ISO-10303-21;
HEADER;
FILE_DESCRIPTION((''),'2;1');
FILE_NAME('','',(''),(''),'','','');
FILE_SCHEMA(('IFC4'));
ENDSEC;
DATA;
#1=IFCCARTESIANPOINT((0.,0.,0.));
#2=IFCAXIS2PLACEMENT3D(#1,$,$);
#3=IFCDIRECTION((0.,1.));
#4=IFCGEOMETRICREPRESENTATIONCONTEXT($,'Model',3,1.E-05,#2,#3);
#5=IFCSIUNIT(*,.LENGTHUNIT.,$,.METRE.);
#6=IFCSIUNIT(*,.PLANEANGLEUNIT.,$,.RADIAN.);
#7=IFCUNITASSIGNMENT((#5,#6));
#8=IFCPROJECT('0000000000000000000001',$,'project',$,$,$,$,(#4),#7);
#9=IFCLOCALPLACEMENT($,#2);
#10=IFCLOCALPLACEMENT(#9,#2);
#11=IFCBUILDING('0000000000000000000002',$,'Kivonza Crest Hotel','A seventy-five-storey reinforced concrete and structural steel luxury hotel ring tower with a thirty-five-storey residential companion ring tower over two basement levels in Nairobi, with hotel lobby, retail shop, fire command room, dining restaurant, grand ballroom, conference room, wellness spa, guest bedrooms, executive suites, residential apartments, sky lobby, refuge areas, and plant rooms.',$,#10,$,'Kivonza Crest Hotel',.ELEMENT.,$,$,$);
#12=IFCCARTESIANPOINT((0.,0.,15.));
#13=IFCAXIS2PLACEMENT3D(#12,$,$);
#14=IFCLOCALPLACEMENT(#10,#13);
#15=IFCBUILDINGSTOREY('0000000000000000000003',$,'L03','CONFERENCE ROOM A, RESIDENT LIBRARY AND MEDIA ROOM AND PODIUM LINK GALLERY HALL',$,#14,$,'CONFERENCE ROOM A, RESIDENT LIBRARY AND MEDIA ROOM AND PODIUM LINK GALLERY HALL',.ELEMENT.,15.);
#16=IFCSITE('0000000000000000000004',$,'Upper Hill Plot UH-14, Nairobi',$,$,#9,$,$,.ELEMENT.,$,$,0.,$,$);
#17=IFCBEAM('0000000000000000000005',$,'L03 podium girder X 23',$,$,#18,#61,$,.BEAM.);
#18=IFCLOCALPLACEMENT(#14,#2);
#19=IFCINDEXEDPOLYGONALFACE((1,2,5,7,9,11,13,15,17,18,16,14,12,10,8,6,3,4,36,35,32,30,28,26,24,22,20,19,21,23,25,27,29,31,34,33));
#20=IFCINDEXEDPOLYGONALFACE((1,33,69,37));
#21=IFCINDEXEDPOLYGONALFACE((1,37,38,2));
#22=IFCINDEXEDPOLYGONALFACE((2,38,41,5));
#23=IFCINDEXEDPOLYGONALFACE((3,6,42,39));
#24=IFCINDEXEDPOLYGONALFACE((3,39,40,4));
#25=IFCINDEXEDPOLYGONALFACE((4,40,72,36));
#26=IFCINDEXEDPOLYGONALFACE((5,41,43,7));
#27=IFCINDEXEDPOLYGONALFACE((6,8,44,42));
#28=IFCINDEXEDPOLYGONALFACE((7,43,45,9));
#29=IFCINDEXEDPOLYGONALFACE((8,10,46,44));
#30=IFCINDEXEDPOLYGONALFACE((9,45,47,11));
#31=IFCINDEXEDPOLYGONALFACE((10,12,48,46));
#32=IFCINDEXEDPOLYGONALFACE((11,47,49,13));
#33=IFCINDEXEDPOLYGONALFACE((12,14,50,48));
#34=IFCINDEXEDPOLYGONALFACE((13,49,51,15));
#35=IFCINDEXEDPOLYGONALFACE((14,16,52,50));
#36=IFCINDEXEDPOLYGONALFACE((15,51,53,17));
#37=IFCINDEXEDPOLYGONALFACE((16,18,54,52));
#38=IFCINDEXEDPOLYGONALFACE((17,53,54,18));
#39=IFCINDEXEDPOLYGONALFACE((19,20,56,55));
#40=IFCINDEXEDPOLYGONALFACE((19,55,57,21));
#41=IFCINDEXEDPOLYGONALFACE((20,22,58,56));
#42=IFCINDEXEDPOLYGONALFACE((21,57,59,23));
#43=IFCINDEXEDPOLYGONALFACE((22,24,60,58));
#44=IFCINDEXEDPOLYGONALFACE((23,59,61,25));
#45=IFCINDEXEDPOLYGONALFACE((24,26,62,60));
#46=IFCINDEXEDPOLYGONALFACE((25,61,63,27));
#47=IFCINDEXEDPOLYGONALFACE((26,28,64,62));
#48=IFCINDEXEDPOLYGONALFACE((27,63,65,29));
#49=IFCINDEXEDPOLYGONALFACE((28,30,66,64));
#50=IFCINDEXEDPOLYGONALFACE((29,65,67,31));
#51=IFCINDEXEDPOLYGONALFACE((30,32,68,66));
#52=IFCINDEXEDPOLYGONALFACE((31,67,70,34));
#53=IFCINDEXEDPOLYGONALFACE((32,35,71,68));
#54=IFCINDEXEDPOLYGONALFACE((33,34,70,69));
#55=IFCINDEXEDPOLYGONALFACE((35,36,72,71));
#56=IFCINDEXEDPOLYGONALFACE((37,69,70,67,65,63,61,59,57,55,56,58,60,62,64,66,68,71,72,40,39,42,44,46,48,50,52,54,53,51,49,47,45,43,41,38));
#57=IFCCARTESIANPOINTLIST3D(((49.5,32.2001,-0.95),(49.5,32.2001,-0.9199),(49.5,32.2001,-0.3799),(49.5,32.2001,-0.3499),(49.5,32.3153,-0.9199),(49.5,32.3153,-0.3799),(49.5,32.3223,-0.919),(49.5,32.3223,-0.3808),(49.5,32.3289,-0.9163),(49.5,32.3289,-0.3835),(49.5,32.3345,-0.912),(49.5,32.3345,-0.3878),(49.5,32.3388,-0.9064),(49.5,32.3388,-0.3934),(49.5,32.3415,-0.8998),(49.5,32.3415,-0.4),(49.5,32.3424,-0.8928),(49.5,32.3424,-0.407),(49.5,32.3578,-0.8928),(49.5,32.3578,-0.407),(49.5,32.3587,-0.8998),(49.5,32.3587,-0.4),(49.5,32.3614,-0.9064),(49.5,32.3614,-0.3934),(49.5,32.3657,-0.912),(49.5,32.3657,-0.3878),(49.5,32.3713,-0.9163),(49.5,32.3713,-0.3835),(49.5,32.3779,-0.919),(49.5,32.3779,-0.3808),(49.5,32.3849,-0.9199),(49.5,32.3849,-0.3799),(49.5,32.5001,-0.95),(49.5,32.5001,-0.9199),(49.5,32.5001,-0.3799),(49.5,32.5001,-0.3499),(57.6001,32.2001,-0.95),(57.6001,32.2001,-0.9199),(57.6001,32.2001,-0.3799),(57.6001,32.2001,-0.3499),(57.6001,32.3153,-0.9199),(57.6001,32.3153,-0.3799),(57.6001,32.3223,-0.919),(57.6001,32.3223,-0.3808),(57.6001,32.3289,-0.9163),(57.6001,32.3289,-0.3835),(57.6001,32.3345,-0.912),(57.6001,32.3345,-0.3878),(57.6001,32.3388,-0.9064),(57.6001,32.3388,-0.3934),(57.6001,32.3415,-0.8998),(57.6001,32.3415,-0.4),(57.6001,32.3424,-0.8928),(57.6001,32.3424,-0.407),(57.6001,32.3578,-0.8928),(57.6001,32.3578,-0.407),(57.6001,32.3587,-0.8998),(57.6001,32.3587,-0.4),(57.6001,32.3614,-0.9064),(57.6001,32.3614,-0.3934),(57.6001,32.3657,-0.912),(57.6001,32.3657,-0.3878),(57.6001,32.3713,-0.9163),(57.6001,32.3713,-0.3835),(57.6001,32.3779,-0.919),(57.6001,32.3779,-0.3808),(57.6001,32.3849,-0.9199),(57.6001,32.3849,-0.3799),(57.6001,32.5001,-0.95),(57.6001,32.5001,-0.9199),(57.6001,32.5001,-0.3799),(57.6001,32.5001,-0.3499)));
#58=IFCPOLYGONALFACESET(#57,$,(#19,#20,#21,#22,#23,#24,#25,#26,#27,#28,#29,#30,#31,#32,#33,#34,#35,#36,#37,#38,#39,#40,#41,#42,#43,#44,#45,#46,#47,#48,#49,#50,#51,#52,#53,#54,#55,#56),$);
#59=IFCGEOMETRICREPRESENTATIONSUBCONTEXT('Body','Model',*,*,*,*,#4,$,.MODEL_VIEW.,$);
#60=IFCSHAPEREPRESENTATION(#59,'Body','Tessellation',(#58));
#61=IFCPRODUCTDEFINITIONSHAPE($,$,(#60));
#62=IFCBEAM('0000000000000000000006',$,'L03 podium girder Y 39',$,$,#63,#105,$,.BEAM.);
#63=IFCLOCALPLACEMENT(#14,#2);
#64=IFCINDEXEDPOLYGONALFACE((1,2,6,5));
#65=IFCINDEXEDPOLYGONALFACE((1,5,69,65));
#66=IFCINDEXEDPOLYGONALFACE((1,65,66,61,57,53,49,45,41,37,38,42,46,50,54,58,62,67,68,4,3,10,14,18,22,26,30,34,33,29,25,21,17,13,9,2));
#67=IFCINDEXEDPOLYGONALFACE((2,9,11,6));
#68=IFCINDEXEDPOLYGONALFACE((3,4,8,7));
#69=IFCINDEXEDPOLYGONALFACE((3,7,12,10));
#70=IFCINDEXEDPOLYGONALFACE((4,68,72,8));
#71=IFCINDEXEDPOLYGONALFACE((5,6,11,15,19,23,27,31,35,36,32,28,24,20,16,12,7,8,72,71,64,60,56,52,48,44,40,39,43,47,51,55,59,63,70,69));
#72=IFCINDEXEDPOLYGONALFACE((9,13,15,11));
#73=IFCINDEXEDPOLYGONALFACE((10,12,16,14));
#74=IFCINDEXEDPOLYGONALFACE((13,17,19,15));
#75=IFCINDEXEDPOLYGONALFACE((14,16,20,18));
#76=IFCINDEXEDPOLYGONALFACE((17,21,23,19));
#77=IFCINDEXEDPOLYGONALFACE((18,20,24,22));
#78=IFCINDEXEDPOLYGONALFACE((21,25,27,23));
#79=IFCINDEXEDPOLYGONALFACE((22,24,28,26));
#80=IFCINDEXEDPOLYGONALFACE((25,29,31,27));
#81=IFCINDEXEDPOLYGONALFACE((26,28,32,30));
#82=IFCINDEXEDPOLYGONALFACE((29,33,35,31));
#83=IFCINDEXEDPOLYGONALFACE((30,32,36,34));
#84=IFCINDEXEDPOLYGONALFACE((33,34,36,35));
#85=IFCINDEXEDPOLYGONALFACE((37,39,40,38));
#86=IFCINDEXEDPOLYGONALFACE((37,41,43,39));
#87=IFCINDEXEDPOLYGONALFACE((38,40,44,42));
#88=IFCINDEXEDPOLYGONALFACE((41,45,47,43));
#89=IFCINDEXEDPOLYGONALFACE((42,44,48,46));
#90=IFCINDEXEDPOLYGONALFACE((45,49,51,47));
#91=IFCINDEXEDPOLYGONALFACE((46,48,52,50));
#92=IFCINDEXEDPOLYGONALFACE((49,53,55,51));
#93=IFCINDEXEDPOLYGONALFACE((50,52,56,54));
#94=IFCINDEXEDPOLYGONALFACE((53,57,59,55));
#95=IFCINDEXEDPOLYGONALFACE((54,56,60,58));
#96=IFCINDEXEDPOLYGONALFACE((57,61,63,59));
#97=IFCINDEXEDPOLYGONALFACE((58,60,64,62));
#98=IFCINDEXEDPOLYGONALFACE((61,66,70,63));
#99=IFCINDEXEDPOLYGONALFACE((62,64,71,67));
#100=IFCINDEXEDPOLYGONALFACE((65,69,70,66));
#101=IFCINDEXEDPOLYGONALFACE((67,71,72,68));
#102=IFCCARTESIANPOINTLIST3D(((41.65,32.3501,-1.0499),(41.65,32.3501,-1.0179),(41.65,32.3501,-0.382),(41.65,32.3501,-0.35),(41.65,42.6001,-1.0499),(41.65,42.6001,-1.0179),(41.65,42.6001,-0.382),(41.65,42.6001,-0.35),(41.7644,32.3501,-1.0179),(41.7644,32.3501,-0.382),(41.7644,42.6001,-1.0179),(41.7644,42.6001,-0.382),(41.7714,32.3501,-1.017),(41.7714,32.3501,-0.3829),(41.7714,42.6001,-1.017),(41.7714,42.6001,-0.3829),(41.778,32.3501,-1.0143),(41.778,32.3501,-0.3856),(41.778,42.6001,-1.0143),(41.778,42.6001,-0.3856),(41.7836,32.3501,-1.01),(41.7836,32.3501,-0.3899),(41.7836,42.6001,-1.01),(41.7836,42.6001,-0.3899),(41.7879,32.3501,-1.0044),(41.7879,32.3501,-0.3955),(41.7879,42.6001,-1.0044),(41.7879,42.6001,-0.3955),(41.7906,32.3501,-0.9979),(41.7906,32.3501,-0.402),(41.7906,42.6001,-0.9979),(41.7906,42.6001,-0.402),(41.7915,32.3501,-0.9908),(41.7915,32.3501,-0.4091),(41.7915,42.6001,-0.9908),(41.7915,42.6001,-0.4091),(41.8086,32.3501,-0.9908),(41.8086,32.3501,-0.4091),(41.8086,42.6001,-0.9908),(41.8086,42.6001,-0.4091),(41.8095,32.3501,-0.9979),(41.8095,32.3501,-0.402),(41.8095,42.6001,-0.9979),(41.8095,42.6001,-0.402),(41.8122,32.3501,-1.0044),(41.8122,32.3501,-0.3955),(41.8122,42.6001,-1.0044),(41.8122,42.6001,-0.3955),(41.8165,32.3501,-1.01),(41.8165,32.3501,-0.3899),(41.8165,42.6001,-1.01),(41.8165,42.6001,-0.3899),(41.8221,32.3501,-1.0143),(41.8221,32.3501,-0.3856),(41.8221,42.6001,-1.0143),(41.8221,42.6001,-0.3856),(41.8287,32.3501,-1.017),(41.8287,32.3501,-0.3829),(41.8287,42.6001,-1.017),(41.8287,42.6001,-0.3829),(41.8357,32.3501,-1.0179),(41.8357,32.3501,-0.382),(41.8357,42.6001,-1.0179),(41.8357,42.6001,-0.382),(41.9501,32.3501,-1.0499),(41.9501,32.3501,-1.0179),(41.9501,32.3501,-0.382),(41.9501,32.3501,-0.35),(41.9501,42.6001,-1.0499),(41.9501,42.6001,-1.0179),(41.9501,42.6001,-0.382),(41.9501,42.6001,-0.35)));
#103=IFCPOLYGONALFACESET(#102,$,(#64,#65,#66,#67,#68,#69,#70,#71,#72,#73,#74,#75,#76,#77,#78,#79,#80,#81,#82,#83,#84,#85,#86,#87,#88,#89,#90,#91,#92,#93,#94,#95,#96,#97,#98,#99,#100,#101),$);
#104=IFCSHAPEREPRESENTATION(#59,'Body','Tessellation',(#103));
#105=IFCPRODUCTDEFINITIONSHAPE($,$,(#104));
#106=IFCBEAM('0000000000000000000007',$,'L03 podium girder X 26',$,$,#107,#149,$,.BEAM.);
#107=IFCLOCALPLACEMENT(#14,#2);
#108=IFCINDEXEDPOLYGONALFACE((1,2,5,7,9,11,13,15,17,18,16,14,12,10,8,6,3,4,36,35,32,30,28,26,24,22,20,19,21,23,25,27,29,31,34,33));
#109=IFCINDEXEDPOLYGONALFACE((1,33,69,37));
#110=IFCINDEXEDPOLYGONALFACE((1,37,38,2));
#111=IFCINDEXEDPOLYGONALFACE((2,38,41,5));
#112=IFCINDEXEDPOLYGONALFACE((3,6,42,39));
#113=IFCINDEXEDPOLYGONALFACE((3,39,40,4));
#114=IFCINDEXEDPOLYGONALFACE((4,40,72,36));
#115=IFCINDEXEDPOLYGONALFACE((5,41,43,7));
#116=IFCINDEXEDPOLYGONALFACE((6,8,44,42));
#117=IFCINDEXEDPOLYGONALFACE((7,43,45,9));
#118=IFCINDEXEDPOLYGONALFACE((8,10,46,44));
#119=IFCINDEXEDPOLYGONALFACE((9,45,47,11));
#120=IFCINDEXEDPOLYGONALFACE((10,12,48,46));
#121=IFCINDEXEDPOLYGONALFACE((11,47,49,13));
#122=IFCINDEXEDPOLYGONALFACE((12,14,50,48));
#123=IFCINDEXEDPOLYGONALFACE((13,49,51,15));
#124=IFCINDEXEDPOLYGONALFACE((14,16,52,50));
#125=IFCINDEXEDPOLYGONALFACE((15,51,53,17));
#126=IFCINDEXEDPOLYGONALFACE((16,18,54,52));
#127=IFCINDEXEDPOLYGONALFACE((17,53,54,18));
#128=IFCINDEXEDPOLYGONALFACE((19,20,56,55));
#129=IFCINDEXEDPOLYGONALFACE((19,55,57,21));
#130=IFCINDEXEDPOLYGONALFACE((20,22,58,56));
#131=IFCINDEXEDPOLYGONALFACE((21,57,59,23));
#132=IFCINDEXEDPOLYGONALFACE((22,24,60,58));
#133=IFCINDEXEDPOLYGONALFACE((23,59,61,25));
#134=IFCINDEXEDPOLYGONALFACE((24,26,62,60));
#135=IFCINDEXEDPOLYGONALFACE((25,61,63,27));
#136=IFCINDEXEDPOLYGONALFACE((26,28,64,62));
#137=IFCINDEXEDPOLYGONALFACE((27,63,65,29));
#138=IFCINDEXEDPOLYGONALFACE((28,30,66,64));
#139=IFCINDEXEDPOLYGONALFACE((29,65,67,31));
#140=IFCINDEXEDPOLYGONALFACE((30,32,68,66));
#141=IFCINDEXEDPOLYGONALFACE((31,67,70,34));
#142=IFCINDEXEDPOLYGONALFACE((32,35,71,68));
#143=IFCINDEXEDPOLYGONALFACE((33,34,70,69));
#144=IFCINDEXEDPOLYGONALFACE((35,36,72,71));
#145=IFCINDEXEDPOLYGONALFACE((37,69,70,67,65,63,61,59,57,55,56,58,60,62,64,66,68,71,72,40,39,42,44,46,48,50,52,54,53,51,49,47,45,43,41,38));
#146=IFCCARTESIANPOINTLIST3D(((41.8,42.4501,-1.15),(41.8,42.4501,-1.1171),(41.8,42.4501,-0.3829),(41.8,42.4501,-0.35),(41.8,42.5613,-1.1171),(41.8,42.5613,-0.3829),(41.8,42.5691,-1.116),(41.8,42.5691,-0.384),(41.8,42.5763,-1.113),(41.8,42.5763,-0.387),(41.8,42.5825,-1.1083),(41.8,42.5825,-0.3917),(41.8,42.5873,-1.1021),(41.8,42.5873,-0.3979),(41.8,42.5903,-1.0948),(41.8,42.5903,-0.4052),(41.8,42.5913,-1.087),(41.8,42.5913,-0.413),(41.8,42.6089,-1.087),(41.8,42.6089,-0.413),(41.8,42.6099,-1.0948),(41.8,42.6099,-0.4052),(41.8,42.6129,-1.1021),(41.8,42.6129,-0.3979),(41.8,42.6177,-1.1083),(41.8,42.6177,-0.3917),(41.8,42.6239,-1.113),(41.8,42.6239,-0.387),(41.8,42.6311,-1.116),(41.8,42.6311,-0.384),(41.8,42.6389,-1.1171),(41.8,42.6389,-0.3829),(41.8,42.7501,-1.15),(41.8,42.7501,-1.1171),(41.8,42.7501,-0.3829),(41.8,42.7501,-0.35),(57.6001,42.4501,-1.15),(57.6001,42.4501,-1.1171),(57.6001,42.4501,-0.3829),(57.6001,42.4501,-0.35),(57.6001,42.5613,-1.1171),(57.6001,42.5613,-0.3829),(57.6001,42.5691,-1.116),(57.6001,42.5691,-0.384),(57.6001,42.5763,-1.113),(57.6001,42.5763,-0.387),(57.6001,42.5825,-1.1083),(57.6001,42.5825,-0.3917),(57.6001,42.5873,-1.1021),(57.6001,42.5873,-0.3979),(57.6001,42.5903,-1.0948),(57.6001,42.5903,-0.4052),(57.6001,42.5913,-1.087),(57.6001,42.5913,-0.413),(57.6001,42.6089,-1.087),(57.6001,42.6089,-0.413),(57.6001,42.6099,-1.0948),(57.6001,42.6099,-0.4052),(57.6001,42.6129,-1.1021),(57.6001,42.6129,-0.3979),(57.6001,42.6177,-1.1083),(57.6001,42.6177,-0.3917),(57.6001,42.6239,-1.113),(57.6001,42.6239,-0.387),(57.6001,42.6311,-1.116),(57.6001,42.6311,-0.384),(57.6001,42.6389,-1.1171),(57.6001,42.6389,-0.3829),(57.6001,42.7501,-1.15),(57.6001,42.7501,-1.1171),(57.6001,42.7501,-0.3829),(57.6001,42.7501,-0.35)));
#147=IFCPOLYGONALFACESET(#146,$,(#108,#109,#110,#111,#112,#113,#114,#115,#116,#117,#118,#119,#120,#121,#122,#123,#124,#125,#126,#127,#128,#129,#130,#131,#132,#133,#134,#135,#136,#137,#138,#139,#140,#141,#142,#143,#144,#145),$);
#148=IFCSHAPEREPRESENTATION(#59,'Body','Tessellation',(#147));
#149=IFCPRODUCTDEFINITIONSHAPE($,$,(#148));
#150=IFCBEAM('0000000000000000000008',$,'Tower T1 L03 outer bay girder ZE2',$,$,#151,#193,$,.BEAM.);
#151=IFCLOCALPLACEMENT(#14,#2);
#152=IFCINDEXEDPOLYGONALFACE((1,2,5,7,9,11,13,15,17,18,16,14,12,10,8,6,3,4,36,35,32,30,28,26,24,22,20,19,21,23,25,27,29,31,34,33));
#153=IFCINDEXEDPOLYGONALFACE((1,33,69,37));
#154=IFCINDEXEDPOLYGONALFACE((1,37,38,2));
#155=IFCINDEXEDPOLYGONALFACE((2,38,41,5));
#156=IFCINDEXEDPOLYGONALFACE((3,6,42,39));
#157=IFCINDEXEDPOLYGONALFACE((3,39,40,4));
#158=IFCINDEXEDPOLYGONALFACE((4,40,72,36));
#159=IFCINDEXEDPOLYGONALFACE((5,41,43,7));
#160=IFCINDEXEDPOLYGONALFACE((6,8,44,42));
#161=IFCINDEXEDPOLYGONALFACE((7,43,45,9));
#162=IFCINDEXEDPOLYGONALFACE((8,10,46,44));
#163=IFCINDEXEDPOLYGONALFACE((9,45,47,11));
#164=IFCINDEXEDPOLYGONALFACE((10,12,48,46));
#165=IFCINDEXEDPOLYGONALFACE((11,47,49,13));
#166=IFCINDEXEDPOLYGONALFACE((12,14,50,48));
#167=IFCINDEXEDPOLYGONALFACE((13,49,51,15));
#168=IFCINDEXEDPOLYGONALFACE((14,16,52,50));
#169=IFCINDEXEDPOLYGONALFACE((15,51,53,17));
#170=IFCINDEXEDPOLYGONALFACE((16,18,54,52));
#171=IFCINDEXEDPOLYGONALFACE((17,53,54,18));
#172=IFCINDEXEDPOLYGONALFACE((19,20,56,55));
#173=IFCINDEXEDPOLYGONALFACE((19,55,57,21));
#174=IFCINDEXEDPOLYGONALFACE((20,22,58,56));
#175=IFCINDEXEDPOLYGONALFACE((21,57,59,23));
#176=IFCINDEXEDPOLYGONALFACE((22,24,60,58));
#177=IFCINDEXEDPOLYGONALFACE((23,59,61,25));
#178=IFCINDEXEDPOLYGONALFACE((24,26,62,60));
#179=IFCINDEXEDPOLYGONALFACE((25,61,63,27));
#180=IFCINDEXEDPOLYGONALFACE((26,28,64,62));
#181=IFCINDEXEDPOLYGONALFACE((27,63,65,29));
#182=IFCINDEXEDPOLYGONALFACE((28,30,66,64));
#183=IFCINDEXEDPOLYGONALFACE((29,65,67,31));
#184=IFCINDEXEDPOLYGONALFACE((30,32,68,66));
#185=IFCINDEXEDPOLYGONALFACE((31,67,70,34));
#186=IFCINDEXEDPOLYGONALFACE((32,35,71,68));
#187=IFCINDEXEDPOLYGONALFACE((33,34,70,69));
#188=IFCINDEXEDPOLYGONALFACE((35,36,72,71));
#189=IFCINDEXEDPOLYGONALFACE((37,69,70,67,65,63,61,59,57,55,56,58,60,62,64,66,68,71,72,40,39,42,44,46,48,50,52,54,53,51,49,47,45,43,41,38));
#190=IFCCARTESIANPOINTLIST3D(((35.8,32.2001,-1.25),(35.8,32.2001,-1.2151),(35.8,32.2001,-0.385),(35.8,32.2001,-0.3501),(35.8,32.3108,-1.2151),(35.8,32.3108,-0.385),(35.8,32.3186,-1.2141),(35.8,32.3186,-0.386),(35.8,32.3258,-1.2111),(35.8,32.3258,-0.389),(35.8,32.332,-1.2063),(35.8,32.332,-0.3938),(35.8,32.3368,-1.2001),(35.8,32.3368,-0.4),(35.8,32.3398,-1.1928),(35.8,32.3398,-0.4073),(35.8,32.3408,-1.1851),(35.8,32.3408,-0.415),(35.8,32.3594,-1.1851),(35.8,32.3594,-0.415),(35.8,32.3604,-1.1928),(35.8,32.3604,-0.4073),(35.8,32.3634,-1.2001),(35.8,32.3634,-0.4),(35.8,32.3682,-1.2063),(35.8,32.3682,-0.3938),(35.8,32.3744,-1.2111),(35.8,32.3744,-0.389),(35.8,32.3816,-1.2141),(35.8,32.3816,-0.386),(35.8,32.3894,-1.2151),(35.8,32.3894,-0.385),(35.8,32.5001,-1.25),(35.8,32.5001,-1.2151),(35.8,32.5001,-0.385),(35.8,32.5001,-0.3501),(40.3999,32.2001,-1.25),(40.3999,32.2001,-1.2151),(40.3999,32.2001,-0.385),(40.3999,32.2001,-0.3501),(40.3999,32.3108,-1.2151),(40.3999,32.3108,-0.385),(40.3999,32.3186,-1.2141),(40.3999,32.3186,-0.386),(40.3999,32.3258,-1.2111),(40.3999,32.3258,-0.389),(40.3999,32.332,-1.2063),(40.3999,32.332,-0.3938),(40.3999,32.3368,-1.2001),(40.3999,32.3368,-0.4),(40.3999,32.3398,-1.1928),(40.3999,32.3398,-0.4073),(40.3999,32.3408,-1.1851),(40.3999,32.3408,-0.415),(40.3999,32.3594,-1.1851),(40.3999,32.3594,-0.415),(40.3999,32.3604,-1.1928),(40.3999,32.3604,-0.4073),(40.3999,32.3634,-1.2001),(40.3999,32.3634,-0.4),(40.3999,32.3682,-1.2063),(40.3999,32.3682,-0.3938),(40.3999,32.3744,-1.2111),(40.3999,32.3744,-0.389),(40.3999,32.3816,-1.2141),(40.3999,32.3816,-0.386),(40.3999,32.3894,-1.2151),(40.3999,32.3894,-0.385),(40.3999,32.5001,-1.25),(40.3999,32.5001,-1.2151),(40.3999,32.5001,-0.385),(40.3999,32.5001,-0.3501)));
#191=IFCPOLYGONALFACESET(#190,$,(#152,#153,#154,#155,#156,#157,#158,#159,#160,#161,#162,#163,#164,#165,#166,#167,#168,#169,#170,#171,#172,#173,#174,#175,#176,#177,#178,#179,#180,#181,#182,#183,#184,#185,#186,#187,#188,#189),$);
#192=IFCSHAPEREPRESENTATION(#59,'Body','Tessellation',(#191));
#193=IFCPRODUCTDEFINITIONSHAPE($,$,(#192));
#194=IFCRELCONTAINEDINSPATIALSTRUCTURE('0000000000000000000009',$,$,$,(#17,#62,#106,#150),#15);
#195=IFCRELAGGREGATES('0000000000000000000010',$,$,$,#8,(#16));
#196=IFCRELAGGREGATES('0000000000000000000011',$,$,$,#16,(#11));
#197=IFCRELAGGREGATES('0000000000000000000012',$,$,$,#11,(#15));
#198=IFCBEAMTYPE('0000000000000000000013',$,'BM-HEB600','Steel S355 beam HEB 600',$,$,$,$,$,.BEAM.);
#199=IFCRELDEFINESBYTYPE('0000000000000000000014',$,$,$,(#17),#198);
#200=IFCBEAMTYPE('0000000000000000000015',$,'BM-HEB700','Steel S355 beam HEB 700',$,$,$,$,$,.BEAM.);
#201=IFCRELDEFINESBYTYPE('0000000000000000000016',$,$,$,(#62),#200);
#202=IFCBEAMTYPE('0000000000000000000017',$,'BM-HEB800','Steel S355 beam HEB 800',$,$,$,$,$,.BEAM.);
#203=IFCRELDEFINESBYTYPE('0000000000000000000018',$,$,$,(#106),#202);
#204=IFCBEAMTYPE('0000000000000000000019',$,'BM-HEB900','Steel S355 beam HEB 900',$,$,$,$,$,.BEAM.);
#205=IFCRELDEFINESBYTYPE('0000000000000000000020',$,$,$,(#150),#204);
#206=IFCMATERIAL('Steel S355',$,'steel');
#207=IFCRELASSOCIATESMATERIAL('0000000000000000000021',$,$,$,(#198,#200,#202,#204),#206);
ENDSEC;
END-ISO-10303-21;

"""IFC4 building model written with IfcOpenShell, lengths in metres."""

from ifc_helpers import new_model, si_unit, direction, frame, origin, origin_2d, place, context, subcontext, project, spatial, i_section, extrude, material, material_profile, profile_set, type_object, element, save


model = new_model("IFC4")

# Units and contexts
model_context = context("Model", 3, precision=1e-05, world=origin(), true_north=direction((0.0, 1.0)))
body_context = subcontext(model_context, "Body", "Model", "MODEL_VIEW")
ifc_project = project(units=[si_unit("LENGTHUNIT", "METRE"), si_unit("PLANEANGLEUNIT", "RADIAN")], contexts=[model_context])

# Site, building, storey
site_placement = place(None, origin())
site = spatial("IfcSite", under=ifc_project, at=site_placement, Name="Upper Hill Plot UH-14, Nairobi", CompositionType="ELEMENT", RefElevation=0.0)
building_placement = place(site_placement, origin())
building = spatial("IfcBuilding", under=site, at=building_placement, Name="Kivonza Crest Hotel", Description="A seventy-five-storey reinforced concrete and structural steel luxury hotel ring tower with a thirty-five-storey residential companion ring tower over two basement levels in Nairobi, with hotel lobby, retail shop, fire command room, dining restaurant, grand ballroom, conference room, wellness spa, guest bedrooms, executive suites, residential apartments, sky lobby, refuge areas, and plant rooms.", LongName="Kivonza Crest Hotel", CompositionType="ELEMENT")
storey_placement = place(building_placement, frame((0.0, 0.0, 15.0)))
storey = spatial("IfcBuildingStorey", under=building, at=storey_placement, Name="L03", Description="CONFERENCE ROOM A, RESIDENT LIBRARY AND MEDIA ROOM AND PODIUM LINK GALLERY HALL", LongName="CONFERENCE ROOM A, RESIDENT LIBRARY AND MEDIA ROOM AND PODIUM LINK GALLERY HALL", CompositionType="ELEMENT", Elevation=15.0)

# Beams
ifc_material_1 = material(Name="Steel S355", Category="steel")
ifc_material_profile_1 = material_profile(ifc_material_1, i_section(OverallWidth=0.3, OverallDepth=0.6001, WebThickness=0.0154, FlangeThickness=0.03, FilletRadius=0.0271, at=origin_2d()), Name="HEB 600")
ifc_profile_set_1 = profile_set([ifc_material_profile_1], Name="Steel S355")
beam_type_1 = type_object("IfcBeamType", Name="BM-HEB600", Description="Steel S355 beam HEB 600", PredefinedType="BEAM", material=ifc_profile_set_1)
beam_1_placement = place(storey_placement, frame((49.5, 32.3501, -0.6499), z_axis=(1.0, 0.0, 0.0), x_axis=(0.0, 1.0, 0.0)))
element("IfcBeam", 1, at=beam_1_placement, inside=storey, type_object=beam_type_1, Name="L03 podium girder X 23", PredefinedType="BEAM", context=body_context, shape_type="SweptSolid", body=[
    extrude(i_section(OverallWidth=0.3, OverallDepth=0.6001, WebThickness=0.0154, FlangeThickness=0.03, FilletRadius=0.0271, at=origin_2d()), origin(), (0.0, 0.0, 1.0), 8.1001),
])
ifc_material_profile_2 = material_profile(ifc_material_1, i_section(OverallWidth=0.3, OverallDepth=0.7, WebThickness=0.0171, FlangeThickness=0.032, FilletRadius=0.0271, at=origin_2d()), Name="HEB 700")
ifc_profile_set_2 = profile_set([ifc_material_profile_2], Name="Steel S355")
beam_type_2 = type_object("IfcBeamType", Name="BM-HEB700", Description="Steel S355 beam HEB 700", PredefinedType="BEAM", material=ifc_profile_set_2)
beam_2_placement = place(storey_placement, frame((41.8, 32.3501, -0.7), z_axis=(0.0, 1.0, 0.0), x_axis=(-1.0, 0.0, 0.0)))
element("IfcBeam", 2, at=beam_2_placement, inside=storey, type_object=beam_type_2, Name="L03 podium girder Y 39", PredefinedType="BEAM", context=body_context, shape_type="SweptSolid", body=[
    extrude(i_section(OverallWidth=0.3, OverallDepth=0.7, WebThickness=0.0171, FlangeThickness=0.032, FilletRadius=0.0271, at=origin_2d()), origin(), (0.0, 0.0, 1.0), 10.25),
])
ifc_material_profile_3 = material_profile(ifc_material_1, i_section(OverallWidth=0.3, OverallDepth=0.8, WebThickness=0.0176, FlangeThickness=0.033, FilletRadius=0.03, at=origin_2d()), Name="HEB 800")
ifc_profile_set_3 = profile_set([ifc_material_profile_3], Name="Steel S355")
beam_type_3 = type_object("IfcBeamType", Name="BM-HEB800", Description="Steel S355 beam HEB 800", PredefinedType="BEAM", material=ifc_profile_set_3)
beam_3_placement = place(storey_placement, frame((41.8, 42.6001, -0.75), z_axis=(1.0, 0.0, 0.0), x_axis=(0.0, 1.0, 0.0)))
element("IfcBeam", 3, at=beam_3_placement, inside=storey, type_object=beam_type_3, Name="L03 podium girder X 26", PredefinedType="BEAM", context=body_context, shape_type="SweptSolid", body=[
    extrude(i_section(OverallWidth=0.3, OverallDepth=0.8, WebThickness=0.0176, FlangeThickness=0.033, FilletRadius=0.03, at=origin_2d()), origin(), (0.0, 0.0, 1.0), 15.8),
])
ifc_material_profile_4 = material_profile(ifc_material_1, i_section(OverallWidth=0.3, OverallDepth=0.8999, WebThickness=0.0186, FlangeThickness=0.0349, FilletRadius=0.03, at=origin_2d()), Name="HEB 900")
ifc_profile_set_4 = profile_set([ifc_material_profile_4], Name="Steel S355")
beam_type_4 = type_object("IfcBeamType", Name="BM-HEB900", Description="Steel S355 beam HEB 900", PredefinedType="BEAM", material=ifc_profile_set_4)
beam_4_placement = place(storey_placement, frame((40.3999, 32.3501, -0.8), z_axis=(-1.0, 0.0, 0.0), x_axis=(0.0, -1.0, 0.0)))
element("IfcBeam", 4, at=beam_4_placement, inside=storey, type_object=beam_type_4, Name="Tower T1 L03 outer bay girder ZE2", PredefinedType="BEAM", context=body_context, shape_type="SweptSolid", body=[
    extrude(i_section(OverallWidth=0.3, OverallDepth=0.8999, WebThickness=0.0186, FlangeThickness=0.0349, FilletRadius=0.03, at=origin_2d()), origin(), (0.0, 0.0, 1.0), 4.5999),
])

save(model, "model.ifc")
